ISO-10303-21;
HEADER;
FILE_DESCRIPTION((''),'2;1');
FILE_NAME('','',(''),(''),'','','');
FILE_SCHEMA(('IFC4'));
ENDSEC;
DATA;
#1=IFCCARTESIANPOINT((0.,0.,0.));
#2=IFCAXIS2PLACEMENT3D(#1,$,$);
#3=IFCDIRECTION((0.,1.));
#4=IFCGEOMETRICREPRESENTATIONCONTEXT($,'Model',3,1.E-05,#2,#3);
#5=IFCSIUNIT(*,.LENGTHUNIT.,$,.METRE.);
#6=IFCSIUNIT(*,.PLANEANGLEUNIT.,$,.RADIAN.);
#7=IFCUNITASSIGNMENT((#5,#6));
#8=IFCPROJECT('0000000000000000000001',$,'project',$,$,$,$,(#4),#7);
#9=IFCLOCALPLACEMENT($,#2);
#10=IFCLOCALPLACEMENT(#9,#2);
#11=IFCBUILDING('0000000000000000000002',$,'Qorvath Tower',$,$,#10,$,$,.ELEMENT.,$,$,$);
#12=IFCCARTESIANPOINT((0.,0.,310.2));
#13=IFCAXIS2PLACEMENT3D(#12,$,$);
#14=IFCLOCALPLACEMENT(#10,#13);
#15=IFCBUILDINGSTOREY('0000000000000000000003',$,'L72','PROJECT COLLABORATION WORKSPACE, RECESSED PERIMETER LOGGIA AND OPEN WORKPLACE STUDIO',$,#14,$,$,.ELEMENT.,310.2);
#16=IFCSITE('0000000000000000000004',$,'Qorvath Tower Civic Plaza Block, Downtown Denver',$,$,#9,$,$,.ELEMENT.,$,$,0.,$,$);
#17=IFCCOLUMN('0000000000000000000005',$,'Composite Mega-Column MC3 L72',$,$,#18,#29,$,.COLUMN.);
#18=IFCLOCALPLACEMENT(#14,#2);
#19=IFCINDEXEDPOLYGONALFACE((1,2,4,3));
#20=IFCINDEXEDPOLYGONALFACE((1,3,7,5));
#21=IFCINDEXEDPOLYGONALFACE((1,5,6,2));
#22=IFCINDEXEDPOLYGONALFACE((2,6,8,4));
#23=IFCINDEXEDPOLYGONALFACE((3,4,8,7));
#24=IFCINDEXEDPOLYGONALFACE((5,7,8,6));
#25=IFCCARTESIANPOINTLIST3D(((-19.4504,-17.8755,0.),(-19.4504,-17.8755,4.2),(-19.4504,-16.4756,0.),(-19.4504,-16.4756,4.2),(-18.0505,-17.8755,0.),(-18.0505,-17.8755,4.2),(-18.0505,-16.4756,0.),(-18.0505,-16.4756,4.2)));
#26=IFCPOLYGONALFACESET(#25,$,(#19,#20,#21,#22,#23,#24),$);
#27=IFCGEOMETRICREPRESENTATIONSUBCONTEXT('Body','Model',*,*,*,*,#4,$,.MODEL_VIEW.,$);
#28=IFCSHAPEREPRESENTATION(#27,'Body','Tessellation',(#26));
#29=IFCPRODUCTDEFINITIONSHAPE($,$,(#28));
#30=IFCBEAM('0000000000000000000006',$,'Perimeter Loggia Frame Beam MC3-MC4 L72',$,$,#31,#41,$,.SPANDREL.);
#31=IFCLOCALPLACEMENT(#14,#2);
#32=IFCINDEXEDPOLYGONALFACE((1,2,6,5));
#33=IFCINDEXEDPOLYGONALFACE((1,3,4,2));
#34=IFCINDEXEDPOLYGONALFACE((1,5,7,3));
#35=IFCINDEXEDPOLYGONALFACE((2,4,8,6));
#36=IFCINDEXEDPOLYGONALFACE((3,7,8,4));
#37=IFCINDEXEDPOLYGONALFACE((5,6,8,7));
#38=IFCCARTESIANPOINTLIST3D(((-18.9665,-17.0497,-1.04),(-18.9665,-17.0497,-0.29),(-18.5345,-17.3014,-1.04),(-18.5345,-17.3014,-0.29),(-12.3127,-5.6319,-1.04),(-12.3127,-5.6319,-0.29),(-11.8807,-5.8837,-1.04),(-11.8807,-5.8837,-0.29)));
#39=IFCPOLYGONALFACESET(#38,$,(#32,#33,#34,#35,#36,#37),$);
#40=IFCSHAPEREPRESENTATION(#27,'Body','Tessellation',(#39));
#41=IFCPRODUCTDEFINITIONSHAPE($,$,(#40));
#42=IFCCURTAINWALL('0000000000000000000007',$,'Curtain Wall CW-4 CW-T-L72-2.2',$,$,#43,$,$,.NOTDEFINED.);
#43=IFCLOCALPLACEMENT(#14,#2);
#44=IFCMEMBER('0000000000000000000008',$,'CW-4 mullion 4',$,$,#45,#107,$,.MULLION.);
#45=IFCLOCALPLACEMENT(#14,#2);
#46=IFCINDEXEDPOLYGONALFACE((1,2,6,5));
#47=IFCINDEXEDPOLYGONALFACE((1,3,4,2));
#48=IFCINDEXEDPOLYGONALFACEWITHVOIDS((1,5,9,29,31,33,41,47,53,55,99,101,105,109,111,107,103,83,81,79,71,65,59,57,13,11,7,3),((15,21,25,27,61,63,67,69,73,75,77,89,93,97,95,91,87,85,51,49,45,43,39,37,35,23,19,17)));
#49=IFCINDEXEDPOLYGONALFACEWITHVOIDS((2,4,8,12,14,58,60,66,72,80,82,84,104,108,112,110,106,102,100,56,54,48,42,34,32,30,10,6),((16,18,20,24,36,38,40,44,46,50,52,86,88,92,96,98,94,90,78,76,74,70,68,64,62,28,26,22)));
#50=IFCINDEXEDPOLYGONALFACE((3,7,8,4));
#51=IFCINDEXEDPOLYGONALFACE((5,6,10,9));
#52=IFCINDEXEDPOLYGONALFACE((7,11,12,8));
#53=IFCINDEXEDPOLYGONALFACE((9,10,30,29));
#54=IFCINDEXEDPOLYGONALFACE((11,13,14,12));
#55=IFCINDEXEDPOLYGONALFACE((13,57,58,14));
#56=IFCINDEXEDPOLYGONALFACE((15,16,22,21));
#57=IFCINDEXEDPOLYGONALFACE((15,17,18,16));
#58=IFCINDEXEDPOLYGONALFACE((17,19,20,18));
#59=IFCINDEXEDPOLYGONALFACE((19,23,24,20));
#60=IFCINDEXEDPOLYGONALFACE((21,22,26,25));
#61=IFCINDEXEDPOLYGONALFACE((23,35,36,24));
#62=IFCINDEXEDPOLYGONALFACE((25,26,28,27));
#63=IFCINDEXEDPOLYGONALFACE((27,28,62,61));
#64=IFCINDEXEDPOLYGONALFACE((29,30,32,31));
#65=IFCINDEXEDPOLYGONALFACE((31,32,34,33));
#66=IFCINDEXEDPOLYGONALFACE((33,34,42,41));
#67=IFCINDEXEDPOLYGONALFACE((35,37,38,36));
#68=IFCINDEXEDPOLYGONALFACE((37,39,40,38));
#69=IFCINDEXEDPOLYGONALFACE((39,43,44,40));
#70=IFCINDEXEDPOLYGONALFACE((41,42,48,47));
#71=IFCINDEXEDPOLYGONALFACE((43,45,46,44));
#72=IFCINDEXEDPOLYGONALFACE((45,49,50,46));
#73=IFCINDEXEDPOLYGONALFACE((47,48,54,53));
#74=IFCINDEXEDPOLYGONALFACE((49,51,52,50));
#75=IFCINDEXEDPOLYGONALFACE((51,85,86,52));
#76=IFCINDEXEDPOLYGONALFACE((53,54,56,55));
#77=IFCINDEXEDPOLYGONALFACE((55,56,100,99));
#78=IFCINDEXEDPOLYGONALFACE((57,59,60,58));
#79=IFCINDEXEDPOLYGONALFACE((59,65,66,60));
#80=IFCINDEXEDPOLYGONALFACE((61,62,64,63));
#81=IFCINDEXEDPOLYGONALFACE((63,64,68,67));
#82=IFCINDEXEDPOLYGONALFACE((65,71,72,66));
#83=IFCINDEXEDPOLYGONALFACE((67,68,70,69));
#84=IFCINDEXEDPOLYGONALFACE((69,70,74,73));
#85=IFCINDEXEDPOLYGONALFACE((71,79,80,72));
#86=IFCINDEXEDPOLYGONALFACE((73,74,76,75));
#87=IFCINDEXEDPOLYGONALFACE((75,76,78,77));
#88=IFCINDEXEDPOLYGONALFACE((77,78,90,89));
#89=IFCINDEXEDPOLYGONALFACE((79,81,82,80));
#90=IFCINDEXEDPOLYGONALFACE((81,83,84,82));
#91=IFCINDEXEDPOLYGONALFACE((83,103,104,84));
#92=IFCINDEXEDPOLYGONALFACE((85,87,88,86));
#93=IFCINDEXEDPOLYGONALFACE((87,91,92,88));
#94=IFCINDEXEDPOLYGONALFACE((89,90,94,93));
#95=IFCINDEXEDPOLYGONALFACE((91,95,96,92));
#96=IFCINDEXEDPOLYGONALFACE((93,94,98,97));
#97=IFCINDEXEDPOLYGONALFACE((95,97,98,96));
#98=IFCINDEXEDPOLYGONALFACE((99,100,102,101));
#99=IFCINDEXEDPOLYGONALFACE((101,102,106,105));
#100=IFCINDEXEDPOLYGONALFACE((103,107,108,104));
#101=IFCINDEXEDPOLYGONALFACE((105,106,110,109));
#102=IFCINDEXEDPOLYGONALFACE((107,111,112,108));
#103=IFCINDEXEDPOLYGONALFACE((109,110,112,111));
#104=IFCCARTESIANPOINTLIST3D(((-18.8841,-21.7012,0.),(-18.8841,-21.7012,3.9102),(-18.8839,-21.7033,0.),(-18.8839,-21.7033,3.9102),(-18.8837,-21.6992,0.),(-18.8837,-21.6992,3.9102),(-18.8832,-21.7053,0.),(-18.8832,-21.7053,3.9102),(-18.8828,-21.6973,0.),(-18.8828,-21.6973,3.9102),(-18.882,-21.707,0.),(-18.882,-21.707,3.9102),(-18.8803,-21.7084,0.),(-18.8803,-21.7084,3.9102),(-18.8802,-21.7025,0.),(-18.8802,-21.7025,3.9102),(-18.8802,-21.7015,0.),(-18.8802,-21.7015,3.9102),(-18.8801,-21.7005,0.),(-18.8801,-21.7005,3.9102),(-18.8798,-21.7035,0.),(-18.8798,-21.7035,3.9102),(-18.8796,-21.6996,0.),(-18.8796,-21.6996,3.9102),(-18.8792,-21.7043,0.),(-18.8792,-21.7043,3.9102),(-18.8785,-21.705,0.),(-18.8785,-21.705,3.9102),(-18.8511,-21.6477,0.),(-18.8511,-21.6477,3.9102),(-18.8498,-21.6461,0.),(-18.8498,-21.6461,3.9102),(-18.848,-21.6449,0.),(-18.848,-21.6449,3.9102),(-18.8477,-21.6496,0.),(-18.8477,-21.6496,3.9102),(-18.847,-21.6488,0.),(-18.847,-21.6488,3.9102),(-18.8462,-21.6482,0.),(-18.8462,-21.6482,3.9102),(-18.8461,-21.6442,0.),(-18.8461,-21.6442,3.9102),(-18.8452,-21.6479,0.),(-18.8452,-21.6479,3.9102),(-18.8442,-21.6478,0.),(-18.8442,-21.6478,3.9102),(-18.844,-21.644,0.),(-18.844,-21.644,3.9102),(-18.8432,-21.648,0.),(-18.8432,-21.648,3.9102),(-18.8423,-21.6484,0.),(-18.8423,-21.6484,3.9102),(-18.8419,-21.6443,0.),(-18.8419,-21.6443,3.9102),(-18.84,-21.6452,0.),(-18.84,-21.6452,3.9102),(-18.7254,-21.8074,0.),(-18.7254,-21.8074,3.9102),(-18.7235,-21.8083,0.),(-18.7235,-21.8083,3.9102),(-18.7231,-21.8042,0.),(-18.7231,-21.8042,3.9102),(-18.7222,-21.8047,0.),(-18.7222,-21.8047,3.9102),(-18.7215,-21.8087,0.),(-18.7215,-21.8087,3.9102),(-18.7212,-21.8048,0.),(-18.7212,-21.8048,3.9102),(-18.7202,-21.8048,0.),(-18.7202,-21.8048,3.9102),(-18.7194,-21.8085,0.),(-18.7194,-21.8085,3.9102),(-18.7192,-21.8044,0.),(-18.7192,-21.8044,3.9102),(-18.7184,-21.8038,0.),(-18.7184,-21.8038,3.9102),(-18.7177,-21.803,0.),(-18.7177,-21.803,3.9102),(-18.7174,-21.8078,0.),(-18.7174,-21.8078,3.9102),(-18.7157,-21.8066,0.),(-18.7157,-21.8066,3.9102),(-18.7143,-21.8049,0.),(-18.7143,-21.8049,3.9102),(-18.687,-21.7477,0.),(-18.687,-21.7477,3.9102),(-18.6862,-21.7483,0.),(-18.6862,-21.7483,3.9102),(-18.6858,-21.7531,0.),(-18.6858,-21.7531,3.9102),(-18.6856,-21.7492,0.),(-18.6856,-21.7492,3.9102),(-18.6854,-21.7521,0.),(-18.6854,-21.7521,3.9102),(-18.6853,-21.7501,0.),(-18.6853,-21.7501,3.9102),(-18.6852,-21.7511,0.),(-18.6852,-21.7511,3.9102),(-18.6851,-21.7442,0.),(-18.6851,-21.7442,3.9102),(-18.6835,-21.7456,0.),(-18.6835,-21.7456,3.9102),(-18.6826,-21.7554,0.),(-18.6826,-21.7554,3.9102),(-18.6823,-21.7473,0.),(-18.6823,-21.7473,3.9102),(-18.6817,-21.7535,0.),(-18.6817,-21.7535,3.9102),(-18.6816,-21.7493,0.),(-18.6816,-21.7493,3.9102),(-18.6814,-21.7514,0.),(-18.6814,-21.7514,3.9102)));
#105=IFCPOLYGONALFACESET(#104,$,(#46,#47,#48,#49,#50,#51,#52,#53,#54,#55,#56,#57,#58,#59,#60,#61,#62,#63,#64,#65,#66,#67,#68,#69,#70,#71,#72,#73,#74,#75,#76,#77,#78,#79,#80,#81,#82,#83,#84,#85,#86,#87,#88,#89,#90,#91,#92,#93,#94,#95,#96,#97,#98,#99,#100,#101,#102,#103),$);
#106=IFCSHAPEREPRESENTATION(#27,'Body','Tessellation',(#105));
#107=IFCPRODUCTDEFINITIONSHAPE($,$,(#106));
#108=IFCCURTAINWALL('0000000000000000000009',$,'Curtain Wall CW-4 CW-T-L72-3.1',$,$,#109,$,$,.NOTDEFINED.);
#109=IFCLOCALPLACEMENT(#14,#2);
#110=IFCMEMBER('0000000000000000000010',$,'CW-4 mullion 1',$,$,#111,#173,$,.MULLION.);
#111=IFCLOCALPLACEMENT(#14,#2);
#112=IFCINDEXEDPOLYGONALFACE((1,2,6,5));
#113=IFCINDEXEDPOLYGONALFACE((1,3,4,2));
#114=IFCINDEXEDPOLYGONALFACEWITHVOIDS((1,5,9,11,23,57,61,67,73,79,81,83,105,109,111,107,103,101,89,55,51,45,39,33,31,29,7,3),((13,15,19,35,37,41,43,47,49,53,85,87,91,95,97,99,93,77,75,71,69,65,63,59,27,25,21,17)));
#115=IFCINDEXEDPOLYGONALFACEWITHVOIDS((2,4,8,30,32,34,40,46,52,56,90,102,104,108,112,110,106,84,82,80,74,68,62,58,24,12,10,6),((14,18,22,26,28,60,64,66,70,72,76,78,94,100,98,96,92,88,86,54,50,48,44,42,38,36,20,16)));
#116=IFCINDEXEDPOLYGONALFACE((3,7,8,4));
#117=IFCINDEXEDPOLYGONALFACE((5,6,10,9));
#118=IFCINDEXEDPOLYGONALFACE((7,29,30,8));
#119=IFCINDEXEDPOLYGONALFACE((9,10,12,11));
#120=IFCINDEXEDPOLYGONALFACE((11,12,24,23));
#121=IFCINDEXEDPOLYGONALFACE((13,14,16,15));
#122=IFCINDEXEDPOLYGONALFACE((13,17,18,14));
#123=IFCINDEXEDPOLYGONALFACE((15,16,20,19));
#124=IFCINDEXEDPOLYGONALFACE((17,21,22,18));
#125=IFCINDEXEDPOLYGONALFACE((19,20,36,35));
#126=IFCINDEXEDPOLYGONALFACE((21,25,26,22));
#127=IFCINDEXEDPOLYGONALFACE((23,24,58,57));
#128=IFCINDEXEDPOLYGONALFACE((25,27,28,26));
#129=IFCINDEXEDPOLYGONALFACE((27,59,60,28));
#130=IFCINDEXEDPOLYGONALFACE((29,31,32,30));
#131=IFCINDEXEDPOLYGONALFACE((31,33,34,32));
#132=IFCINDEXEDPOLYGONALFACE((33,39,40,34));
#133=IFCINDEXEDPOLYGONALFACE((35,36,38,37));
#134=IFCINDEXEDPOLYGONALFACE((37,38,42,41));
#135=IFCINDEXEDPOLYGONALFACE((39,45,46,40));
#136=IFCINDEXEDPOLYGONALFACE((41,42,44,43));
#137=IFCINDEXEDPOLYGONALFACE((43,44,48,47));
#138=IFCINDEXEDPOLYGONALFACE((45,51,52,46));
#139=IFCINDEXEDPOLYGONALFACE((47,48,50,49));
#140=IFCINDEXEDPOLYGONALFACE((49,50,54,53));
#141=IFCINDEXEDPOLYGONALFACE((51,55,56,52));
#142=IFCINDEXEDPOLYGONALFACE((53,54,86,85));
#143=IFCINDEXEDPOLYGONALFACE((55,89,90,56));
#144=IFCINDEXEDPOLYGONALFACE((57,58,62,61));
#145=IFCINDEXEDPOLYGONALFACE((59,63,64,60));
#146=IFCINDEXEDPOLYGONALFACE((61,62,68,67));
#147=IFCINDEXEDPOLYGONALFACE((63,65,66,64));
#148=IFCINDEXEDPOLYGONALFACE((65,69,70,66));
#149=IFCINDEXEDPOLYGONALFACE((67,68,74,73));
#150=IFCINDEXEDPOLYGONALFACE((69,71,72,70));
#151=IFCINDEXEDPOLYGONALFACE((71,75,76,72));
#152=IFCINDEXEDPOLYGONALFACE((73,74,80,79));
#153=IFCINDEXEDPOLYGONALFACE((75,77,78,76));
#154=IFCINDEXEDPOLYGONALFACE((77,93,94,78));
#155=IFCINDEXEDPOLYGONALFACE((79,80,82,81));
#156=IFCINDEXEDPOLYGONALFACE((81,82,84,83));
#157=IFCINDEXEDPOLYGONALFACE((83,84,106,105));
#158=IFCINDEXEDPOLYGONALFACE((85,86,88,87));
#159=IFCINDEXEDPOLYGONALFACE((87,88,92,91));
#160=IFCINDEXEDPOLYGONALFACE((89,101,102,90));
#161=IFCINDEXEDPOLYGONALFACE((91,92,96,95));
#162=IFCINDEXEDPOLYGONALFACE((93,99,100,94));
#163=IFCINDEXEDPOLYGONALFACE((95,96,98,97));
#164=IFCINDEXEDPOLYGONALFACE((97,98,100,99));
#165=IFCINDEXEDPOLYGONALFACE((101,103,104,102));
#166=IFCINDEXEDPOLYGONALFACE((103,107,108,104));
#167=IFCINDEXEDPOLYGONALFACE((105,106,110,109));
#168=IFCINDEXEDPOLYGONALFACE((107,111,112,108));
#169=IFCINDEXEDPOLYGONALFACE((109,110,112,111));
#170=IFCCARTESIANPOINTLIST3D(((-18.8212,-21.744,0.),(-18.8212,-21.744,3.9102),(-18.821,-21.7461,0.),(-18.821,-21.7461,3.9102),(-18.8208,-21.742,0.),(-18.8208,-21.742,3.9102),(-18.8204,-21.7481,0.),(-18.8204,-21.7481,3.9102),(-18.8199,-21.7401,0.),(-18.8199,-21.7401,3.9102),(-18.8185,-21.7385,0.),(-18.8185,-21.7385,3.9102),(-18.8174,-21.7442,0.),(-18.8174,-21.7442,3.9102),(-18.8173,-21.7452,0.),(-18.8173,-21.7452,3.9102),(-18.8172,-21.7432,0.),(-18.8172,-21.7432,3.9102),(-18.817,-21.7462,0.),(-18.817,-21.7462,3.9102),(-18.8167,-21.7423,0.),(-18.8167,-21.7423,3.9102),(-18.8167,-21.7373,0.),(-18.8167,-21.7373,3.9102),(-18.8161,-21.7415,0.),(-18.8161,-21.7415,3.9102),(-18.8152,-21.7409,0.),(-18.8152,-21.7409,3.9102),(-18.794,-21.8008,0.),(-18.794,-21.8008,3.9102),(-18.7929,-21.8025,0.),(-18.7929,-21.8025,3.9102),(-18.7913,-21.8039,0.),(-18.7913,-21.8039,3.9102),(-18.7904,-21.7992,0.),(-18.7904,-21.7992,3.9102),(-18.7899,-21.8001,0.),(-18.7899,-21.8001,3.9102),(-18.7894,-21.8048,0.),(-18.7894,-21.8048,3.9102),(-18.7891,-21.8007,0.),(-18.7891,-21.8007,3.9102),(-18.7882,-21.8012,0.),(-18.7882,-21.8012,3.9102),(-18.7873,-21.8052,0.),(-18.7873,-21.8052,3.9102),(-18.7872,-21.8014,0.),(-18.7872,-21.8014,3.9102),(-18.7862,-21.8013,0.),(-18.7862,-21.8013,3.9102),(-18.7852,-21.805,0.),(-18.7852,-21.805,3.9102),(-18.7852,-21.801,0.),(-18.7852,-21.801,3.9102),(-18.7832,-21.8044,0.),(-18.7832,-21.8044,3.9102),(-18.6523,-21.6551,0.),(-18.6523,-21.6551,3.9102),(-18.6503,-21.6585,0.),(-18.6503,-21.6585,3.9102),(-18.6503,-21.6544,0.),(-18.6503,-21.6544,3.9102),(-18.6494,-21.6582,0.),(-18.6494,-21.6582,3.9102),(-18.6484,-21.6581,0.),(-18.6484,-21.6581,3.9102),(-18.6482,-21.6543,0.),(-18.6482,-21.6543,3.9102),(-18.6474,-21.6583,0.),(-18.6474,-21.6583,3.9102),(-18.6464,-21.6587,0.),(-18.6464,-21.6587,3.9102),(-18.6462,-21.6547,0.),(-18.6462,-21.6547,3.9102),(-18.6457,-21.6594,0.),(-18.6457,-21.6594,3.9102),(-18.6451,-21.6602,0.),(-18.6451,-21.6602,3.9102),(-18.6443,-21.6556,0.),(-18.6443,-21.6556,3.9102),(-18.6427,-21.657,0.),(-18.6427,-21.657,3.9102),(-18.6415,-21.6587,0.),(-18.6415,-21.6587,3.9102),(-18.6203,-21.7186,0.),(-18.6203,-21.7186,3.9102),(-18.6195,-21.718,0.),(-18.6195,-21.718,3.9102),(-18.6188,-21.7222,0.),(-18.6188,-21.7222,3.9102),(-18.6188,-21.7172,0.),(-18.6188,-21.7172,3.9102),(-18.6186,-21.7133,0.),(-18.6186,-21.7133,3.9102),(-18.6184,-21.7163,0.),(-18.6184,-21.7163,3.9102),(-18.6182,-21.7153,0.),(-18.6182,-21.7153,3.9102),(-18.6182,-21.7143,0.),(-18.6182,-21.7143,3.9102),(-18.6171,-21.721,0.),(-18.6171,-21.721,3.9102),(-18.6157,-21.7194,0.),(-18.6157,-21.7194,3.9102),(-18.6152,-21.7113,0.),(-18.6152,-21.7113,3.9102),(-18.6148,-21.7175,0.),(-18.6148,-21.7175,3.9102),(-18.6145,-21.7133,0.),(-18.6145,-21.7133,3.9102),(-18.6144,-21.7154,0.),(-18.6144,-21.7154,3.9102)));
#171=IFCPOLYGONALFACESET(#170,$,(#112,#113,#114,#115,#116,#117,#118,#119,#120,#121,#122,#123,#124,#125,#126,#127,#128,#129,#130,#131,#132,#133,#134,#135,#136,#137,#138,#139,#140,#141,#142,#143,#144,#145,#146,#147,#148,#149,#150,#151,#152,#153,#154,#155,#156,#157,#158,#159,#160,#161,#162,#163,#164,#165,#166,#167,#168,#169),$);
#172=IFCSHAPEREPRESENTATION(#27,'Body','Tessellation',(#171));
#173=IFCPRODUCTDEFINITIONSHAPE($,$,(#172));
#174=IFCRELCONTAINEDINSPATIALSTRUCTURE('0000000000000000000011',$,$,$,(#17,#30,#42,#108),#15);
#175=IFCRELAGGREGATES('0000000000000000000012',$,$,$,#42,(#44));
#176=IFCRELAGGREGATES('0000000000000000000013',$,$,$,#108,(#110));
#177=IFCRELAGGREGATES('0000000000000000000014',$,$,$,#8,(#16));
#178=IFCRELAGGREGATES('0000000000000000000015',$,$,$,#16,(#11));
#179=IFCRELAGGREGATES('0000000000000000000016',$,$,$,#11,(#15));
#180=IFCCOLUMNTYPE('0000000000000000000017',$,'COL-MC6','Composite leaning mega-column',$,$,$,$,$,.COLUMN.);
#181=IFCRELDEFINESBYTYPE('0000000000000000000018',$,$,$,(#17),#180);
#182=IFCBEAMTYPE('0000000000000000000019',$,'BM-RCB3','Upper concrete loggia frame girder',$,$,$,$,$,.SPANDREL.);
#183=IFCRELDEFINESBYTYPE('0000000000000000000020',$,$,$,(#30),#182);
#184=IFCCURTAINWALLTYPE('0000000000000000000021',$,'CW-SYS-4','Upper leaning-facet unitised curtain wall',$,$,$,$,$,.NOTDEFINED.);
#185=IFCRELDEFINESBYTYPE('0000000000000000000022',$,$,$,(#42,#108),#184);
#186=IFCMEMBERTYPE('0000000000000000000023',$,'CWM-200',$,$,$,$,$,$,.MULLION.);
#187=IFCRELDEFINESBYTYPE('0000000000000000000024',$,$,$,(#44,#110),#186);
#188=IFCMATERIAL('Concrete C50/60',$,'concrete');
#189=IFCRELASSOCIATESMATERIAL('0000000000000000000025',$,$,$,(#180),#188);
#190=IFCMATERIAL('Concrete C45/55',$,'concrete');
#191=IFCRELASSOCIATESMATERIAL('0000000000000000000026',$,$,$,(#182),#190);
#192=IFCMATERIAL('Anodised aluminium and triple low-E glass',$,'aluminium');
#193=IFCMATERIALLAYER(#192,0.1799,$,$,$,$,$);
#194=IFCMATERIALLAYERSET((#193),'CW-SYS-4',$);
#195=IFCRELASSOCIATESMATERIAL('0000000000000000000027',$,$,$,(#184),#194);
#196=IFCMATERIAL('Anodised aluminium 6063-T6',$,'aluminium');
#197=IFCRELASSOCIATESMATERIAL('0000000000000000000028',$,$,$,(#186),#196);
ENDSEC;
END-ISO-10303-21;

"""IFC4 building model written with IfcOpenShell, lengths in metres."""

from ifc_helpers import new_model, si_unit, direction, frame, origin, origin_2d, place, context, subcontext, project, spatial, rectangle, hollow_rectangle, extrude, material, layer, layer_set, material_profile, profile_set, type_object, element, aggregate, save


model = new_model("IFC4")

# Units and contexts
model_context = context("Model", 3, precision=1e-05, world=origin(), true_north=direction((0.0, 1.0)))
body_context = subcontext(model_context, "Body", "Model", "MODEL_VIEW")
ifc_project = project(units=[si_unit("LENGTHUNIT", "METRE"), si_unit("PLANEANGLEUNIT", "RADIAN")], contexts=[model_context])

# Site, building, storey
site_placement = place(None, origin())
site = spatial("IfcSite", under=ifc_project, at=site_placement, Name="Qorvath Tower Civic Plaza Block, Downtown Denver", CompositionType="ELEMENT", RefElevation=0.0)
building_placement = place(site_placement, origin())
building = spatial("IfcBuilding", under=site, at=building_placement, Name="Qorvath Tower", CompositionType="ELEMENT")
storey_placement = place(building_placement, frame((0.0, 0.0, 310.2)))
storey = spatial("IfcBuildingStorey", under=building, at=storey_placement, Name="L72", Description="PROJECT COLLABORATION WORKSPACE, RECESSED PERIMETER LOGGIA AND OPEN WORKPLACE STUDIO", CompositionType="ELEMENT", Elevation=310.2)

# Column
ifc_material_1 = material(Name="Concrete C50/60", Category="concrete")
ifc_material_profile_1 = material_profile(ifc_material_1, rectangle(XDim=1.3999, YDim=1.3999, at=origin_2d()), Name="MC 1400x1400")
ifc_profile_set_1 = profile_set([ifc_material_profile_1], Name="Concrete C50/60")
column_type = type_object("IfcColumnType", Name="COL-MC6", Description="Composite leaning mega-column", PredefinedType="COLUMN", material=ifc_profile_set_1)
column_placement = place(storey_placement, frame((-18.7505, -17.1755, 0.0), z_axis=(0.0, 0.0, 1.0), x_axis=(1.0, 0.0, 0.0)))
element("IfcColumn", 1, at=column_placement, inside=storey, type_object=column_type, Name="Composite Mega-Column MC3 L72", PredefinedType="COLUMN", context=body_context, shape_type="SweptSolid", body=[
    extrude(rectangle(XDim=1.3999, YDim=1.3999, at=origin_2d()), origin(), (0.0, 0.0, 1.0), 4.2),
])

# Beam
ifc_material_2 = material(Name="Concrete C45/55", Category="concrete")
ifc_material_profile_2 = material_profile(ifc_material_2, rectangle(XDim=0.5, YDim=0.75, at=origin_2d()), Name="RCB 750x500")
ifc_profile_set_2 = profile_set([ifc_material_profile_2], Name="Concrete C45/55")
beam_type = type_object("IfcBeamType", Name="BM-RCB3", Description="Upper concrete loggia frame girder", PredefinedType="SPANDREL", material=ifc_profile_set_2)
beam_placement = place(storey_placement, frame((-18.7505, -17.1755, -0.665), z_axis=(0.503502, 0.863994, 0.0), x_axis=(-0.863994, 0.503502, 0.0)))
element("IfcBeam", 2, at=beam_placement, inside=storey, type_object=beam_type, Name="Perimeter Loggia Frame Beam MC3-MC4 L72", PredefinedType="SPANDREL", context=body_context, shape_type="SweptSolid", body=[
    extrude(rectangle(XDim=0.5, YDim=0.75, at=origin_2d()), origin(), (0.0, 0.0, 1.0), 13.2151),
])

# Curtain wall, member
ifc_material_3 = material(Name="Anodised aluminium and triple low-E glass", Category="aluminium")
ifc_layer_1 = layer(ifc_material_3, 0.1799)
ifc_layer_set_1 = layer_set([ifc_layer_1], Name="CW-SYS-4")
curtain_wall_type = type_object("IfcCurtainWallType", Name="CW-SYS-4", Description="Upper leaning-facet unitised curtain wall", PredefinedType="NOTDEFINED", material=ifc_layer_set_1)
curtain_wall_1_placement = place(storey_placement, origin())
curtain_wall_1 = element("IfcCurtainWall", 3, at=curtain_wall_1_placement, inside=storey, type_object=curtain_wall_type, Name="Curtain Wall CW-4 CW-T-L72-2.2", PredefinedType="NOTDEFINED")
ifc_material_4 = material(Name="Anodised aluminium 6063-T6", Category="aluminium")
ifc_material_profile_3 = material_profile(ifc_material_4, hollow_rectangle(XDim=0.075, YDim=0.2, WallThickness=0.0039, InnerFilletRadius=0.0039, OuterFilletRadius=0.0081, at=origin_2d()), Name="CWM 200x75")
ifc_profile_set_3 = profile_set([ifc_material_profile_3], Name="Anodised aluminium 6063-T6")
member_type_1 = type_object("IfcMemberType", Name="CWM-200", PredefinedType="MULLION", material=ifc_profile_set_3)
member_1_placement = place(storey_placement, frame((-18.7827, -21.7263, 0.0), z_axis=(0.0, 0.0, 1.0), x_axis=(0.538531, 0.842605, 0.0)))
member_1 = element("IfcMember", 4, at=member_1_placement, type_object=member_type_1, Name="CW-4 mullion 4", PredefinedType="MULLION", context=body_context, shape_type="SweptSolid", body=[
    extrude(hollow_rectangle(XDim=0.075, YDim=0.2, WallThickness=0.0039, InnerFilletRadius=0.0039, OuterFilletRadius=0.0081, at=origin_2d()), origin(), (0.0, 0.0, 1.0), 3.9102),
])
aggregate(curtain_wall_1, [member_1])

# Curtain wall, member
curtain_wall_2_placement = place(storey_placement, origin())
curtain_wall_2 = element("IfcCurtainWall", 5, at=curtain_wall_2_placement, inside=storey, type_object=curtain_wall_type, Name="Curtain Wall CW-4 CW-T-L72-3.1", PredefinedType="NOTDEFINED")
member_2_placement = place(storey_placement, frame((-18.7178, -21.7297, 0.0), z_axis=(0.0, 0.0, 1.0), x_axis=(-0.447156, 0.894456, 0.0)))
member_2 = element("IfcMember", 6, at=member_2_placement, type_object=member_type_1, Name="CW-4 mullion 1", PredefinedType="MULLION", context=body_context, shape_type="SweptSolid", body=[
    extrude(hollow_rectangle(XDim=0.075, YDim=0.2, WallThickness=0.0039, InnerFilletRadius=0.0039, OuterFilletRadius=0.0081, at=origin_2d()), origin(), (0.0, 0.0, 1.0), 3.9102),
])

aggregate(curtain_wall_2, [member_2])

save(model, "model.ifc")
